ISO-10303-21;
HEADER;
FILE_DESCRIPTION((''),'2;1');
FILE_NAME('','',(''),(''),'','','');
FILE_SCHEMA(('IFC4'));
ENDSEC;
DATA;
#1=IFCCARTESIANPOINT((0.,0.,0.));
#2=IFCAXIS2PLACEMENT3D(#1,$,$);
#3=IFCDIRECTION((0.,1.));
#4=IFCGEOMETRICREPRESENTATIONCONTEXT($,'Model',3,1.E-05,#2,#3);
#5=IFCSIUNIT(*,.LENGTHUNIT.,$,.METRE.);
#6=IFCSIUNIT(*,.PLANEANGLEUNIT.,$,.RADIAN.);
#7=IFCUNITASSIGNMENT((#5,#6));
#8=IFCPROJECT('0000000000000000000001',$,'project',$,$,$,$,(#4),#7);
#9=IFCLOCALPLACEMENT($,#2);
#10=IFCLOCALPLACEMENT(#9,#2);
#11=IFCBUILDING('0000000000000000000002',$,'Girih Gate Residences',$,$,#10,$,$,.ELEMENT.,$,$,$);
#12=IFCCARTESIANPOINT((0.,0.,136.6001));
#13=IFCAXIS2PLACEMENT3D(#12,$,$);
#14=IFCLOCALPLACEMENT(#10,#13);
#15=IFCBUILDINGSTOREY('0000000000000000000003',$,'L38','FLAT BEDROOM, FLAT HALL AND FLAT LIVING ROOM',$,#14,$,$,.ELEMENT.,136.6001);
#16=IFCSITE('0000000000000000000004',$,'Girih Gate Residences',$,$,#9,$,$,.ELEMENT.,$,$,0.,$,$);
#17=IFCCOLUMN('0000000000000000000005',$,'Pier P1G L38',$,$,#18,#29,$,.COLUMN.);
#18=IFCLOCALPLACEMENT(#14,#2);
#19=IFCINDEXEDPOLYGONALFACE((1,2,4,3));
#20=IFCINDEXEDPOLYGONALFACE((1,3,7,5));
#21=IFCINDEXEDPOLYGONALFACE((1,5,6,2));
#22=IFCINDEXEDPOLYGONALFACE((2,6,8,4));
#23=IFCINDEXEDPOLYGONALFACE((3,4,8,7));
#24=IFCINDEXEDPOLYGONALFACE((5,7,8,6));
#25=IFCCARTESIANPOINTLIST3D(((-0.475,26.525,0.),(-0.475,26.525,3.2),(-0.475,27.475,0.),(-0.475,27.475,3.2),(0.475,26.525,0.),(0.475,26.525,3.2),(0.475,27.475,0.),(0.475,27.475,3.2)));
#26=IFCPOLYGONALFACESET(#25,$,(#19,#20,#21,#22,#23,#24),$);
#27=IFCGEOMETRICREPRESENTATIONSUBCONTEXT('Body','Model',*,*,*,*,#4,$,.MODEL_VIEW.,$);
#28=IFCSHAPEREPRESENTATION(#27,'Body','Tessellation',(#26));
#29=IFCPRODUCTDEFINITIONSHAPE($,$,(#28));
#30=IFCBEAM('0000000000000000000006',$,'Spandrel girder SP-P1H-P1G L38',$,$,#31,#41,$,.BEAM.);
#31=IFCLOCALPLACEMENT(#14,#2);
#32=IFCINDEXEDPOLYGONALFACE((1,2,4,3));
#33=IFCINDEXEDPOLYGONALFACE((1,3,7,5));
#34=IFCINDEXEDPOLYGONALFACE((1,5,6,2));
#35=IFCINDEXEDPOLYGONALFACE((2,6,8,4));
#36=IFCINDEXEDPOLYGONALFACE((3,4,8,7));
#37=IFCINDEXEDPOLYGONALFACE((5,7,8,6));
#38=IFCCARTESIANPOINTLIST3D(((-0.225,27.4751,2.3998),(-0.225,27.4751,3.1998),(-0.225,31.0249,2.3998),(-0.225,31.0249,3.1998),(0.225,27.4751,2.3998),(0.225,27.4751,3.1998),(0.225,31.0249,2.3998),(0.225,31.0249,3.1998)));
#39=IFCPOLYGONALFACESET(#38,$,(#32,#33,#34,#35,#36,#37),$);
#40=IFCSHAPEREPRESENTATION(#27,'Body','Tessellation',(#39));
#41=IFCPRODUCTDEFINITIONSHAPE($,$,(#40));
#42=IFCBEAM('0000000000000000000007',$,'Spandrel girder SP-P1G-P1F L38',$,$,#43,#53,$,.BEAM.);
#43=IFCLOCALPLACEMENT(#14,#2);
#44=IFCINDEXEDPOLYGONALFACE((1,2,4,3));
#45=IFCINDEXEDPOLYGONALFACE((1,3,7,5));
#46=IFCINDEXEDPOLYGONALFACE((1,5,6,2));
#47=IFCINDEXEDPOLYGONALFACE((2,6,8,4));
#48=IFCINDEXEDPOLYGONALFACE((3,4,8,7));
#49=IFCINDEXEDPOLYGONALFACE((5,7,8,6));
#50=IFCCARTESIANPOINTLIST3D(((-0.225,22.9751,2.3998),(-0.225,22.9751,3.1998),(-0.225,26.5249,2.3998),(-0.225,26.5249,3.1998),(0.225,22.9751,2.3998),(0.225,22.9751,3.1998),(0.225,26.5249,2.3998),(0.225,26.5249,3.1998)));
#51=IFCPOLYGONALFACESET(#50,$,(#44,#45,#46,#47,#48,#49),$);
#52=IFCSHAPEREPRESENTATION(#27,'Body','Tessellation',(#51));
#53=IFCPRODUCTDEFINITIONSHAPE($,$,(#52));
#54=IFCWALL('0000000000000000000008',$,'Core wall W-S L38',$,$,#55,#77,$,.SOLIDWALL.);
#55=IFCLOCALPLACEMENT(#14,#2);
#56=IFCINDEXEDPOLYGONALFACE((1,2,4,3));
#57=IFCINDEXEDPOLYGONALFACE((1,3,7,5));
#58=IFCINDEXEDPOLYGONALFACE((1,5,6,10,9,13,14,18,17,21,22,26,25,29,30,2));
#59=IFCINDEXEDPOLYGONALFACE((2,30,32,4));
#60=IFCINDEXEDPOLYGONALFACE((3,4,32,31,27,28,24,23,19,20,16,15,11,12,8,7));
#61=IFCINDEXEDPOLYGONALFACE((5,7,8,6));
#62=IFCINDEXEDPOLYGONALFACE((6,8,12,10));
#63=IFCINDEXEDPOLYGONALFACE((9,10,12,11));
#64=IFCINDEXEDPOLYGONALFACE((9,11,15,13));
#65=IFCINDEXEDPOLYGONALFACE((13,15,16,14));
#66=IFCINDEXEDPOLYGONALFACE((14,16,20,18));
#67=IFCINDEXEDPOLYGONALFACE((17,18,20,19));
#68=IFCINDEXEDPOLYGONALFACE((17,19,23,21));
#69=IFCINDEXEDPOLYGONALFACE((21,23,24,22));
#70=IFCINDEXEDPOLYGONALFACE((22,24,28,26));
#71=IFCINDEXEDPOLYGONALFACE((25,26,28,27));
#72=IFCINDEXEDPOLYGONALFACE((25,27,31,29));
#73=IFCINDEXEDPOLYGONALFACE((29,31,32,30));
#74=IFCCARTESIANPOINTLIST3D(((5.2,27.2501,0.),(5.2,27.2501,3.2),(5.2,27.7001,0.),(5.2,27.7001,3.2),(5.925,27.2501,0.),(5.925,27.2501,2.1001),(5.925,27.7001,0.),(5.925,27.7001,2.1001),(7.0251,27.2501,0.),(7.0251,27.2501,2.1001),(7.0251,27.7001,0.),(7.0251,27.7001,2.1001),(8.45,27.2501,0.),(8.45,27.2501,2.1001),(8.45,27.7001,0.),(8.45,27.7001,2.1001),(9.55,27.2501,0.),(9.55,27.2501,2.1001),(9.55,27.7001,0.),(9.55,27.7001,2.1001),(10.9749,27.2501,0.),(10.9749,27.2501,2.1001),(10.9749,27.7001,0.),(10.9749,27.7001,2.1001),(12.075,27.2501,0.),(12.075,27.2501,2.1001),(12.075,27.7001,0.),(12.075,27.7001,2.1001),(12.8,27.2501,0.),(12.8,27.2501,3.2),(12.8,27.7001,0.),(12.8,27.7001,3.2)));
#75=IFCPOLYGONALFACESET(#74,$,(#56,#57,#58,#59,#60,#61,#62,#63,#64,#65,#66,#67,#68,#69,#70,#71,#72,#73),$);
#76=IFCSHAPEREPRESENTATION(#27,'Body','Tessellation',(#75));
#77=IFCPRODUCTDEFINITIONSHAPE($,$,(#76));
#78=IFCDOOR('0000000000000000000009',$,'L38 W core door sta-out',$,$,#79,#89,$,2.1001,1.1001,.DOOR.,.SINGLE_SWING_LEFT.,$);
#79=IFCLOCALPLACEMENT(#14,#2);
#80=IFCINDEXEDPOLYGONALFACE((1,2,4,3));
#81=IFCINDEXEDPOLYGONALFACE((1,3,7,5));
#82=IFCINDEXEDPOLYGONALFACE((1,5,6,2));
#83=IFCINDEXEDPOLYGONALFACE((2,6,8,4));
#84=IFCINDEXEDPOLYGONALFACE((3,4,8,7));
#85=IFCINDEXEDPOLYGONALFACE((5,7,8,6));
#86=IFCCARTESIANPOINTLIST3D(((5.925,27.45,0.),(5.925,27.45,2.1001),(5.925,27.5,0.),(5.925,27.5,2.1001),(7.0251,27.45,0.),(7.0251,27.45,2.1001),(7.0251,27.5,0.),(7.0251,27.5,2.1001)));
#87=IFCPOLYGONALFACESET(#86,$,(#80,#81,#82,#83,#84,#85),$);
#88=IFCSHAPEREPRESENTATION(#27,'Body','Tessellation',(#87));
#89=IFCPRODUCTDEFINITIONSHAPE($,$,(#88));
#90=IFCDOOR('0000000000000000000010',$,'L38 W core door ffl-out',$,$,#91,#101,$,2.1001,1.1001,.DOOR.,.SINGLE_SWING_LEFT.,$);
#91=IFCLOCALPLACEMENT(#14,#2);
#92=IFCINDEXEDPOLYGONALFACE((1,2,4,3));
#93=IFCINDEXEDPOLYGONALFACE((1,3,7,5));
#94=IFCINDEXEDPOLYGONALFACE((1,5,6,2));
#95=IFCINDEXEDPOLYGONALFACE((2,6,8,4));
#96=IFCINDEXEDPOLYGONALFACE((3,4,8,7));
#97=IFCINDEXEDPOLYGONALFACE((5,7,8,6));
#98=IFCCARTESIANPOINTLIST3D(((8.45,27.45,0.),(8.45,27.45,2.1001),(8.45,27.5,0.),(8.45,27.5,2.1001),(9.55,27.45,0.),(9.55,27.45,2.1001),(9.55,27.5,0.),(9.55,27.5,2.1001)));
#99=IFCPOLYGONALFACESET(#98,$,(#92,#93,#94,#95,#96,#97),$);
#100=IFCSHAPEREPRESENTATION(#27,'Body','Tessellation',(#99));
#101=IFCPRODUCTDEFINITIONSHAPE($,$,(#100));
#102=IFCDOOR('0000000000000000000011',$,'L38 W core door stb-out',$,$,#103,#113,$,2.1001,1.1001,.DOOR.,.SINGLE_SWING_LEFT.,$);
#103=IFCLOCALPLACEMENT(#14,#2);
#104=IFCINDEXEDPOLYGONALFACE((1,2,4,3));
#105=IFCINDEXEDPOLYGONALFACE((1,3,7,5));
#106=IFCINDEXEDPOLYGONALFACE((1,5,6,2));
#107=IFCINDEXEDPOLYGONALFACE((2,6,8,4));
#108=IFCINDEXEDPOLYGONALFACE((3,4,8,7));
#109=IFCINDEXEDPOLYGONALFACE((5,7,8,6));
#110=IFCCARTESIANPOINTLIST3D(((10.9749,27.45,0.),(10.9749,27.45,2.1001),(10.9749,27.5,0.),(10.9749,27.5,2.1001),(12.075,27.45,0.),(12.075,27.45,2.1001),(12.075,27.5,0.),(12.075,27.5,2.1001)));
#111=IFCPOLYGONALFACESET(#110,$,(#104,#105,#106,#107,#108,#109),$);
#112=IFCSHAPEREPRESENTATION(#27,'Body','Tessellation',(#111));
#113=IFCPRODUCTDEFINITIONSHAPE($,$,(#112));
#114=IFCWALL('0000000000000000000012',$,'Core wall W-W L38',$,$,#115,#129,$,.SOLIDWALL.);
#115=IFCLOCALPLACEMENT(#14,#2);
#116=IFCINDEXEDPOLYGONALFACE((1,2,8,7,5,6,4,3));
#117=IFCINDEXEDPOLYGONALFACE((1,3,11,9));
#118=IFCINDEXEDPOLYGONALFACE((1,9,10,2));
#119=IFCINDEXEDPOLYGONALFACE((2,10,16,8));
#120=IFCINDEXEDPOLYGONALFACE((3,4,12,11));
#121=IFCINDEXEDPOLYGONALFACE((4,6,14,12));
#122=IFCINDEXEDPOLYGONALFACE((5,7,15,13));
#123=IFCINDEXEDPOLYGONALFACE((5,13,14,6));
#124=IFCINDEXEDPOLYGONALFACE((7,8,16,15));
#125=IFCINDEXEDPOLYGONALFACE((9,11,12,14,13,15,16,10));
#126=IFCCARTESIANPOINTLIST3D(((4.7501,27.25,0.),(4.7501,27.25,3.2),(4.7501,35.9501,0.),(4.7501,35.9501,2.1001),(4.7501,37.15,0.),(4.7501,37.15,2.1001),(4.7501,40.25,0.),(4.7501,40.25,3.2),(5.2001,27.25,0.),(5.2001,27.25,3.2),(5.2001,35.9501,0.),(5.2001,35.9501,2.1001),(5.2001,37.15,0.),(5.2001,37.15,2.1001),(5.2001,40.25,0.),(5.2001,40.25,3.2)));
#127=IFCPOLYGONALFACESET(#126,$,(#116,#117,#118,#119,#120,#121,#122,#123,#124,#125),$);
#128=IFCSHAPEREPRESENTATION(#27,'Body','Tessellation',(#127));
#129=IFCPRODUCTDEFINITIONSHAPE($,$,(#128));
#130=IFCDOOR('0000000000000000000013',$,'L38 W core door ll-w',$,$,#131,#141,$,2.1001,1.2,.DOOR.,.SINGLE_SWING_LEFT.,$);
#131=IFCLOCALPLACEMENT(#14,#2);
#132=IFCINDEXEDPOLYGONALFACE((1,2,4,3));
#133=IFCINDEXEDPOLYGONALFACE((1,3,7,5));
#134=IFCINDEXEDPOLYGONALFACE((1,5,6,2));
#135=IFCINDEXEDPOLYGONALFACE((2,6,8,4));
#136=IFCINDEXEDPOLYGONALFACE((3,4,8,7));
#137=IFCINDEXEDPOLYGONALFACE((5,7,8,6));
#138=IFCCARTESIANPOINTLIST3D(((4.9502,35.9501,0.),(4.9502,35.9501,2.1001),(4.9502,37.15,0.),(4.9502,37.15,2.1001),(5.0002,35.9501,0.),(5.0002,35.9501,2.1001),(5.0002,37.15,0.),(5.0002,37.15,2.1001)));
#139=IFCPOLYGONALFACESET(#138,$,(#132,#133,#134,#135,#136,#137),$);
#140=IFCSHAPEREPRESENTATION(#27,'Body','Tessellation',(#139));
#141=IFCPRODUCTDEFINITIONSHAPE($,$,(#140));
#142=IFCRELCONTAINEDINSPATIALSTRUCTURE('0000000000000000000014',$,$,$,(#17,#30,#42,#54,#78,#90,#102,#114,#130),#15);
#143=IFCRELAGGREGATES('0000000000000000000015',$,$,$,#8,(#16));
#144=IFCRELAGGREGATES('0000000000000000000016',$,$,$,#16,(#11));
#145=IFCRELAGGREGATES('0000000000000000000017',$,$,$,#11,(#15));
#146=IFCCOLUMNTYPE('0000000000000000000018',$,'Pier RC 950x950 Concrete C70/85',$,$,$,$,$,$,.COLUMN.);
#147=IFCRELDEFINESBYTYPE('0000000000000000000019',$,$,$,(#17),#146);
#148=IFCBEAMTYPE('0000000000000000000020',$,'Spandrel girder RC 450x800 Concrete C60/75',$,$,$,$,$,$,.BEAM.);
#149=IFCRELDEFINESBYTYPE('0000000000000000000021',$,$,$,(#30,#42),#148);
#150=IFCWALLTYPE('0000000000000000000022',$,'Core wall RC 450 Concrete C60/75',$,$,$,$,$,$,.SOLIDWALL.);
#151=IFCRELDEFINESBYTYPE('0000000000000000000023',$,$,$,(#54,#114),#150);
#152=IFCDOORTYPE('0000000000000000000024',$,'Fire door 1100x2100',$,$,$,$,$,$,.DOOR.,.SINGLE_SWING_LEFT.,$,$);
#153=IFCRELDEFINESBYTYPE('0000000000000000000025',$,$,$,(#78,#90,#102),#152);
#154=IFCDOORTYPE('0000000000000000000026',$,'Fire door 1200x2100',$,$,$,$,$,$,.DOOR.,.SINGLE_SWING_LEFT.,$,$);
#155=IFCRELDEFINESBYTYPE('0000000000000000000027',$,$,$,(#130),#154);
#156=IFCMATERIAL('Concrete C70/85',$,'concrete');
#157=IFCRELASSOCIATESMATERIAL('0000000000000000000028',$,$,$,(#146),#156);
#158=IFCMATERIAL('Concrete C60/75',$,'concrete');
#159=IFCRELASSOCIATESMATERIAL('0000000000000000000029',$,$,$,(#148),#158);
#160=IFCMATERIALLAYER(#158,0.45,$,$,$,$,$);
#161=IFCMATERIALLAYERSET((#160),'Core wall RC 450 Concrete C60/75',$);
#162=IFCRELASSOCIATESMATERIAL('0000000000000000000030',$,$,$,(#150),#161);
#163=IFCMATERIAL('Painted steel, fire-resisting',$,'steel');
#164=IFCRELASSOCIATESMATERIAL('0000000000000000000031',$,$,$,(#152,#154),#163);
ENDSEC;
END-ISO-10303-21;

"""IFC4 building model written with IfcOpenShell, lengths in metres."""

from ifc_helpers import new_model, si_unit, direction, frame, frame_2d, origin, origin_2d, place, context, subcontext, project, spatial, rectangle, extrude, material, layer, layer_set, material_profile, profile_set, type_object, element, fill, save


model = new_model("IFC4")

# Units and contexts
model_context = context("Model", 3, precision=1e-05, world=origin(), true_north=direction((0.0, 1.0)))
body_context = subcontext(model_context, "Body", "Model", "MODEL_VIEW")
ifc_project = project(units=[si_unit("LENGTHUNIT", "METRE"), si_unit("PLANEANGLEUNIT", "RADIAN")], contexts=[model_context])

# Site, building, storey
site_placement = place(None, origin())
site = spatial("IfcSite", under=ifc_project, at=site_placement, Name="Girih Gate Residences", CompositionType="ELEMENT", RefElevation=0.0)
building_placement = place(site_placement, origin())
building = spatial("IfcBuilding", under=site, at=building_placement, Name="Girih Gate Residences", CompositionType="ELEMENT")
storey_placement = place(building_placement, frame((0.0, 0.0, 136.6001)))
storey = spatial("IfcBuildingStorey", under=building, at=storey_placement, Name="L38", Description="FLAT BEDROOM, FLAT HALL AND FLAT LIVING ROOM", CompositionType="ELEMENT", Elevation=136.6001)

# Column
ifc_material_1 = material(Name="Concrete C70/85", Category="concrete")
ifc_material_profile_1 = material_profile(ifc_material_1, rectangle(XDim=0.95, YDim=0.95, at=origin_2d()))
ifc_profile_set_1 = profile_set([ifc_material_profile_1], Name="Concrete C70/85")
column_type = type_object("IfcColumnType", Name="Pier RC 950x950 Concrete C70/85", PredefinedType="COLUMN", material=ifc_profile_set_1)
column_placement = place(storey_placement, frame((0.0, 27.0, 0.0), z_axis=(0.0, 0.0, 1.0), x_axis=(1.0, 0.0, 0.0)))
element("IfcColumn", 1, at=column_placement, inside=storey, type_object=column_type, Name="Pier P1G L38", PredefinedType="COLUMN", context=body_context, shape_type="SweptSolid", body=[
    extrude(rectangle(XDim=0.95, YDim=0.95, at=origin_2d()), origin(), (0.0, 0.0, 1.0), 3.2),
])

# Beams
ifc_material_2 = material(Name="Concrete C60/75", Category="concrete")
ifc_material_profile_2 = material_profile(ifc_material_2, rectangle(XDim=0.45, YDim=0.8, at=origin_2d()))
ifc_profile_set_2 = profile_set([ifc_material_profile_2], Name="Concrete C60/75")
beam_type = type_object("IfcBeamType", Name="Spandrel girder RC 450x800 Concrete C60/75", PredefinedType="BEAM", material=ifc_profile_set_2)
for number, where, z_axis, x_axis, name in (
    (2, (0.0, 31.0249, 2.7998), (0.0, -1.0, 0.0), (1.0, 0.0, 0.0), "Spandrel girder SP-P1H-P1G L38"),
    (3, (0.0, 26.5249, 2.7998), (0.0, -1.0, 0.0), (1.0, 0.0, 0.0), "Spandrel girder SP-P1G-P1F L38"),
):
    element("IfcBeam", number, at=place(storey_placement, frame(where, z_axis=z_axis, x_axis=x_axis)), inside=storey, type_object=beam_type, Name=name, PredefinedType="BEAM", context=body_context, shape_type="SweptSolid", body=[
        extrude(rectangle(XDim=0.45, YDim=0.8, at=origin_2d()), origin(), (0.0, 0.0, 1.0), 3.5498),
    ])

# Wall, openings, doors
ifc_layer_1 = layer(ifc_material_2, 0.45)
ifc_layer_set_1 = layer_set([ifc_layer_1], Name="Core wall RC 450 Concrete C60/75")
wall_type_1 = type_object("IfcWallType", Name="Core wall RC 450 Concrete C60/75", PredefinedType="SOLIDWALL", material=ifc_layer_set_1)
wall_1_placement = place(storey_placement, frame((5.2, 27.4751, 0.0), z_axis=(0.0, 0.0, 1.0), x_axis=(1.0, 0.0, 0.0)))
wall_1 = element("IfcWall", 4, at=wall_1_placement, inside=storey, type_object=wall_type_1, Name="Core wall W-S L38", PredefinedType="SOLIDWALL", context=body_context, shape_type="SweptSolid", body=[
    extrude(rectangle(XDim=7.6001, YDim=0.45, at=frame_2d((3.8, 0.0))), origin(), (0.0, 0.0, 1.0), 3.2),
])
opening_1_placement = place(wall_1_placement, frame((0.7251, 0.0, 0.0)))
opening_1 = element("IfcOpeningElement", 5, at=opening_1_placement, cuts=wall_1, PredefinedType="OPENING", context=body_context, shape_type="SweptSolid", body=[
    extrude(rectangle(XDim=1.1001, YDim=2.1001, at=frame_2d((0.55, 1.05))), frame((0.0, 0.2349, 0.0), z_axis=(0.0, -1.0, 0.0), x_axis=(1.0, 0.0, 0.0)), (0.0, 0.0, 1.0), 0.47),
])
opening_2_placement = place(wall_1_placement, frame((3.25, 0.0, 0.0)))
opening_2 = element("IfcOpeningElement", 6, at=opening_2_placement, cuts=wall_1, PredefinedType="OPENING", context=body_context, shape_type="SweptSolid", body=[
    extrude(rectangle(XDim=1.1001, YDim=2.1001, at=frame_2d((0.55, 1.05))), frame((0.0, 0.2349, 0.0), z_axis=(0.0, -1.0, 0.0), x_axis=(1.0, 0.0, 0.0)), (0.0, 0.0, 1.0), 0.47),
])
opening_3_placement = place(wall_1_placement, frame((5.7749, 0.0, 0.0)))
opening_3 = element("IfcOpeningElement", 7, at=opening_3_placement, cuts=wall_1, PredefinedType="OPENING", context=body_context, shape_type="SweptSolid", body=[
    extrude(rectangle(XDim=1.1001, YDim=2.1001, at=frame_2d((0.55, 1.05))), frame((0.0, 0.2349, 0.0), z_axis=(0.0, -1.0, 0.0), x_axis=(1.0, 0.0, 0.0)), (0.0, 0.0, 1.0), 0.47),
])
ifc_material_3 = material(Name="Painted steel, fire-resisting", Category="steel")
door_type_1 = type_object("IfcDoorType", Name="Fire door 1100x2100", OperationType="SINGLE_SWING_LEFT", PredefinedType="DOOR", material=ifc_material_3)
door_1_placement = place(opening_1_placement, origin())
door_1 = element("IfcDoor", 8, at=door_1_placement, inside=storey, type_object=door_type_1, Name="L38 W core door sta-out", OperationType="SINGLE_SWING_LEFT", OverallHeight=2.1001, OverallWidth=1.1001, PredefinedType="DOOR", context=body_context, shape_type="SweptSolid", body=[
    extrude(rectangle(XDim=1.1001, YDim=2.1001, at=frame_2d((0.55, 1.05))), frame((0.0, 0.0249, 0.0), z_axis=(0.0, -1.0, 0.0), x_axis=(1.0, 0.0, 0.0)), (0.0, 0.0, 1.0), 0.05),
])
fill(opening_1, door_1)
door_2_placement = place(opening_2_placement, origin())
door_2 = element("IfcDoor", 9, at=door_2_placement, inside=storey, type_object=door_type_1, Name="L38 W core door ffl-out", OperationType="SINGLE_SWING_LEFT", OverallHeight=2.1001, OverallWidth=1.1001, PredefinedType="DOOR", context=body_context, shape_type="SweptSolid", body=[
    extrude(rectangle(XDim=1.1001, YDim=2.1001, at=frame_2d((0.55, 1.05))), frame((0.0, 0.0249, 0.0), z_axis=(0.0, -1.0, 0.0), x_axis=(1.0, 0.0, 0.0)), (0.0, 0.0, 1.0), 0.05),
])
fill(opening_2, door_2)
door_3_placement = place(opening_3_placement, origin())
door_3 = element("IfcDoor", 10, at=door_3_placement, inside=storey, type_object=door_type_1, Name="L38 W core door stb-out", OperationType="SINGLE_SWING_LEFT", OverallHeight=2.1001, OverallWidth=1.1001, PredefinedType="DOOR", context=body_context, shape_type="SweptSolid", body=[
    extrude(rectangle(XDim=1.1001, YDim=2.1001, at=frame_2d((0.55, 1.05))), frame((0.0, 0.0249, 0.0), z_axis=(0.0, -1.0, 0.0), x_axis=(1.0, 0.0, 0.0)), (0.0, 0.0, 1.0), 0.05),
])
fill(opening_3, door_3)

# Wall, opening, door
wall_2_placement = place(storey_placement, frame((4.9751, 27.25, 0.0), z_axis=(0.0, 0.0, 1.0), x_axis=(0.0, 1.0, 0.0)))
wall_2 = element("IfcWall", 11, at=wall_2_placement, inside=storey, type_object=wall_type_1, Name="Core wall W-W L38", PredefinedType="SOLIDWALL", context=body_context, shape_type="SweptSolid", body=[
    extrude(rectangle(XDim=13.0, YDim=0.45, at=frame_2d((6.5, 0.0))), origin(), (0.0, 0.0, 1.0), 3.2),
])
opening_4_placement = place(wall_2_placement, frame((8.7, 0.0, 0.0)))
opening_4 = element("IfcOpeningElement", 12, at=opening_4_placement, cuts=wall_2, PredefinedType="OPENING", context=body_context, shape_type="SweptSolid", body=[
    extrude(rectangle(XDim=1.2, YDim=2.1001, at=frame_2d((0.6001, 1.05))), frame((0.0, 0.2349, 0.0), z_axis=(0.0, -1.0, 0.0), x_axis=(1.0, 0.0, 0.0)), (0.0, 0.0, 1.0), 0.47),
])
door_type_2 = type_object("IfcDoorType", Name="Fire door 1200x2100", OperationType="SINGLE_SWING_LEFT", PredefinedType="DOOR", material=ifc_material_3)
door_4_placement = place(opening_4_placement, origin())
door_4 = element("IfcDoor", 13, at=door_4_placement, inside=storey, type_object=door_type_2, Name="L38 W core door ll-w", OperationType="SINGLE_SWING_LEFT", OverallHeight=2.1001, OverallWidth=1.2, PredefinedType="DOOR", context=body_context, shape_type="SweptSolid", body=[
    extrude(rectangle(XDim=1.2, YDim=2.1001, at=frame_2d((0.6001, 1.05))), frame((0.0, 0.0249, 0.0), z_axis=(0.0, -1.0, 0.0), x_axis=(1.0, 0.0, 0.0)), (0.0, 0.0, 1.0), 0.05),
])
fill(opening_4, door_4)

save(model, "model.ifc")
